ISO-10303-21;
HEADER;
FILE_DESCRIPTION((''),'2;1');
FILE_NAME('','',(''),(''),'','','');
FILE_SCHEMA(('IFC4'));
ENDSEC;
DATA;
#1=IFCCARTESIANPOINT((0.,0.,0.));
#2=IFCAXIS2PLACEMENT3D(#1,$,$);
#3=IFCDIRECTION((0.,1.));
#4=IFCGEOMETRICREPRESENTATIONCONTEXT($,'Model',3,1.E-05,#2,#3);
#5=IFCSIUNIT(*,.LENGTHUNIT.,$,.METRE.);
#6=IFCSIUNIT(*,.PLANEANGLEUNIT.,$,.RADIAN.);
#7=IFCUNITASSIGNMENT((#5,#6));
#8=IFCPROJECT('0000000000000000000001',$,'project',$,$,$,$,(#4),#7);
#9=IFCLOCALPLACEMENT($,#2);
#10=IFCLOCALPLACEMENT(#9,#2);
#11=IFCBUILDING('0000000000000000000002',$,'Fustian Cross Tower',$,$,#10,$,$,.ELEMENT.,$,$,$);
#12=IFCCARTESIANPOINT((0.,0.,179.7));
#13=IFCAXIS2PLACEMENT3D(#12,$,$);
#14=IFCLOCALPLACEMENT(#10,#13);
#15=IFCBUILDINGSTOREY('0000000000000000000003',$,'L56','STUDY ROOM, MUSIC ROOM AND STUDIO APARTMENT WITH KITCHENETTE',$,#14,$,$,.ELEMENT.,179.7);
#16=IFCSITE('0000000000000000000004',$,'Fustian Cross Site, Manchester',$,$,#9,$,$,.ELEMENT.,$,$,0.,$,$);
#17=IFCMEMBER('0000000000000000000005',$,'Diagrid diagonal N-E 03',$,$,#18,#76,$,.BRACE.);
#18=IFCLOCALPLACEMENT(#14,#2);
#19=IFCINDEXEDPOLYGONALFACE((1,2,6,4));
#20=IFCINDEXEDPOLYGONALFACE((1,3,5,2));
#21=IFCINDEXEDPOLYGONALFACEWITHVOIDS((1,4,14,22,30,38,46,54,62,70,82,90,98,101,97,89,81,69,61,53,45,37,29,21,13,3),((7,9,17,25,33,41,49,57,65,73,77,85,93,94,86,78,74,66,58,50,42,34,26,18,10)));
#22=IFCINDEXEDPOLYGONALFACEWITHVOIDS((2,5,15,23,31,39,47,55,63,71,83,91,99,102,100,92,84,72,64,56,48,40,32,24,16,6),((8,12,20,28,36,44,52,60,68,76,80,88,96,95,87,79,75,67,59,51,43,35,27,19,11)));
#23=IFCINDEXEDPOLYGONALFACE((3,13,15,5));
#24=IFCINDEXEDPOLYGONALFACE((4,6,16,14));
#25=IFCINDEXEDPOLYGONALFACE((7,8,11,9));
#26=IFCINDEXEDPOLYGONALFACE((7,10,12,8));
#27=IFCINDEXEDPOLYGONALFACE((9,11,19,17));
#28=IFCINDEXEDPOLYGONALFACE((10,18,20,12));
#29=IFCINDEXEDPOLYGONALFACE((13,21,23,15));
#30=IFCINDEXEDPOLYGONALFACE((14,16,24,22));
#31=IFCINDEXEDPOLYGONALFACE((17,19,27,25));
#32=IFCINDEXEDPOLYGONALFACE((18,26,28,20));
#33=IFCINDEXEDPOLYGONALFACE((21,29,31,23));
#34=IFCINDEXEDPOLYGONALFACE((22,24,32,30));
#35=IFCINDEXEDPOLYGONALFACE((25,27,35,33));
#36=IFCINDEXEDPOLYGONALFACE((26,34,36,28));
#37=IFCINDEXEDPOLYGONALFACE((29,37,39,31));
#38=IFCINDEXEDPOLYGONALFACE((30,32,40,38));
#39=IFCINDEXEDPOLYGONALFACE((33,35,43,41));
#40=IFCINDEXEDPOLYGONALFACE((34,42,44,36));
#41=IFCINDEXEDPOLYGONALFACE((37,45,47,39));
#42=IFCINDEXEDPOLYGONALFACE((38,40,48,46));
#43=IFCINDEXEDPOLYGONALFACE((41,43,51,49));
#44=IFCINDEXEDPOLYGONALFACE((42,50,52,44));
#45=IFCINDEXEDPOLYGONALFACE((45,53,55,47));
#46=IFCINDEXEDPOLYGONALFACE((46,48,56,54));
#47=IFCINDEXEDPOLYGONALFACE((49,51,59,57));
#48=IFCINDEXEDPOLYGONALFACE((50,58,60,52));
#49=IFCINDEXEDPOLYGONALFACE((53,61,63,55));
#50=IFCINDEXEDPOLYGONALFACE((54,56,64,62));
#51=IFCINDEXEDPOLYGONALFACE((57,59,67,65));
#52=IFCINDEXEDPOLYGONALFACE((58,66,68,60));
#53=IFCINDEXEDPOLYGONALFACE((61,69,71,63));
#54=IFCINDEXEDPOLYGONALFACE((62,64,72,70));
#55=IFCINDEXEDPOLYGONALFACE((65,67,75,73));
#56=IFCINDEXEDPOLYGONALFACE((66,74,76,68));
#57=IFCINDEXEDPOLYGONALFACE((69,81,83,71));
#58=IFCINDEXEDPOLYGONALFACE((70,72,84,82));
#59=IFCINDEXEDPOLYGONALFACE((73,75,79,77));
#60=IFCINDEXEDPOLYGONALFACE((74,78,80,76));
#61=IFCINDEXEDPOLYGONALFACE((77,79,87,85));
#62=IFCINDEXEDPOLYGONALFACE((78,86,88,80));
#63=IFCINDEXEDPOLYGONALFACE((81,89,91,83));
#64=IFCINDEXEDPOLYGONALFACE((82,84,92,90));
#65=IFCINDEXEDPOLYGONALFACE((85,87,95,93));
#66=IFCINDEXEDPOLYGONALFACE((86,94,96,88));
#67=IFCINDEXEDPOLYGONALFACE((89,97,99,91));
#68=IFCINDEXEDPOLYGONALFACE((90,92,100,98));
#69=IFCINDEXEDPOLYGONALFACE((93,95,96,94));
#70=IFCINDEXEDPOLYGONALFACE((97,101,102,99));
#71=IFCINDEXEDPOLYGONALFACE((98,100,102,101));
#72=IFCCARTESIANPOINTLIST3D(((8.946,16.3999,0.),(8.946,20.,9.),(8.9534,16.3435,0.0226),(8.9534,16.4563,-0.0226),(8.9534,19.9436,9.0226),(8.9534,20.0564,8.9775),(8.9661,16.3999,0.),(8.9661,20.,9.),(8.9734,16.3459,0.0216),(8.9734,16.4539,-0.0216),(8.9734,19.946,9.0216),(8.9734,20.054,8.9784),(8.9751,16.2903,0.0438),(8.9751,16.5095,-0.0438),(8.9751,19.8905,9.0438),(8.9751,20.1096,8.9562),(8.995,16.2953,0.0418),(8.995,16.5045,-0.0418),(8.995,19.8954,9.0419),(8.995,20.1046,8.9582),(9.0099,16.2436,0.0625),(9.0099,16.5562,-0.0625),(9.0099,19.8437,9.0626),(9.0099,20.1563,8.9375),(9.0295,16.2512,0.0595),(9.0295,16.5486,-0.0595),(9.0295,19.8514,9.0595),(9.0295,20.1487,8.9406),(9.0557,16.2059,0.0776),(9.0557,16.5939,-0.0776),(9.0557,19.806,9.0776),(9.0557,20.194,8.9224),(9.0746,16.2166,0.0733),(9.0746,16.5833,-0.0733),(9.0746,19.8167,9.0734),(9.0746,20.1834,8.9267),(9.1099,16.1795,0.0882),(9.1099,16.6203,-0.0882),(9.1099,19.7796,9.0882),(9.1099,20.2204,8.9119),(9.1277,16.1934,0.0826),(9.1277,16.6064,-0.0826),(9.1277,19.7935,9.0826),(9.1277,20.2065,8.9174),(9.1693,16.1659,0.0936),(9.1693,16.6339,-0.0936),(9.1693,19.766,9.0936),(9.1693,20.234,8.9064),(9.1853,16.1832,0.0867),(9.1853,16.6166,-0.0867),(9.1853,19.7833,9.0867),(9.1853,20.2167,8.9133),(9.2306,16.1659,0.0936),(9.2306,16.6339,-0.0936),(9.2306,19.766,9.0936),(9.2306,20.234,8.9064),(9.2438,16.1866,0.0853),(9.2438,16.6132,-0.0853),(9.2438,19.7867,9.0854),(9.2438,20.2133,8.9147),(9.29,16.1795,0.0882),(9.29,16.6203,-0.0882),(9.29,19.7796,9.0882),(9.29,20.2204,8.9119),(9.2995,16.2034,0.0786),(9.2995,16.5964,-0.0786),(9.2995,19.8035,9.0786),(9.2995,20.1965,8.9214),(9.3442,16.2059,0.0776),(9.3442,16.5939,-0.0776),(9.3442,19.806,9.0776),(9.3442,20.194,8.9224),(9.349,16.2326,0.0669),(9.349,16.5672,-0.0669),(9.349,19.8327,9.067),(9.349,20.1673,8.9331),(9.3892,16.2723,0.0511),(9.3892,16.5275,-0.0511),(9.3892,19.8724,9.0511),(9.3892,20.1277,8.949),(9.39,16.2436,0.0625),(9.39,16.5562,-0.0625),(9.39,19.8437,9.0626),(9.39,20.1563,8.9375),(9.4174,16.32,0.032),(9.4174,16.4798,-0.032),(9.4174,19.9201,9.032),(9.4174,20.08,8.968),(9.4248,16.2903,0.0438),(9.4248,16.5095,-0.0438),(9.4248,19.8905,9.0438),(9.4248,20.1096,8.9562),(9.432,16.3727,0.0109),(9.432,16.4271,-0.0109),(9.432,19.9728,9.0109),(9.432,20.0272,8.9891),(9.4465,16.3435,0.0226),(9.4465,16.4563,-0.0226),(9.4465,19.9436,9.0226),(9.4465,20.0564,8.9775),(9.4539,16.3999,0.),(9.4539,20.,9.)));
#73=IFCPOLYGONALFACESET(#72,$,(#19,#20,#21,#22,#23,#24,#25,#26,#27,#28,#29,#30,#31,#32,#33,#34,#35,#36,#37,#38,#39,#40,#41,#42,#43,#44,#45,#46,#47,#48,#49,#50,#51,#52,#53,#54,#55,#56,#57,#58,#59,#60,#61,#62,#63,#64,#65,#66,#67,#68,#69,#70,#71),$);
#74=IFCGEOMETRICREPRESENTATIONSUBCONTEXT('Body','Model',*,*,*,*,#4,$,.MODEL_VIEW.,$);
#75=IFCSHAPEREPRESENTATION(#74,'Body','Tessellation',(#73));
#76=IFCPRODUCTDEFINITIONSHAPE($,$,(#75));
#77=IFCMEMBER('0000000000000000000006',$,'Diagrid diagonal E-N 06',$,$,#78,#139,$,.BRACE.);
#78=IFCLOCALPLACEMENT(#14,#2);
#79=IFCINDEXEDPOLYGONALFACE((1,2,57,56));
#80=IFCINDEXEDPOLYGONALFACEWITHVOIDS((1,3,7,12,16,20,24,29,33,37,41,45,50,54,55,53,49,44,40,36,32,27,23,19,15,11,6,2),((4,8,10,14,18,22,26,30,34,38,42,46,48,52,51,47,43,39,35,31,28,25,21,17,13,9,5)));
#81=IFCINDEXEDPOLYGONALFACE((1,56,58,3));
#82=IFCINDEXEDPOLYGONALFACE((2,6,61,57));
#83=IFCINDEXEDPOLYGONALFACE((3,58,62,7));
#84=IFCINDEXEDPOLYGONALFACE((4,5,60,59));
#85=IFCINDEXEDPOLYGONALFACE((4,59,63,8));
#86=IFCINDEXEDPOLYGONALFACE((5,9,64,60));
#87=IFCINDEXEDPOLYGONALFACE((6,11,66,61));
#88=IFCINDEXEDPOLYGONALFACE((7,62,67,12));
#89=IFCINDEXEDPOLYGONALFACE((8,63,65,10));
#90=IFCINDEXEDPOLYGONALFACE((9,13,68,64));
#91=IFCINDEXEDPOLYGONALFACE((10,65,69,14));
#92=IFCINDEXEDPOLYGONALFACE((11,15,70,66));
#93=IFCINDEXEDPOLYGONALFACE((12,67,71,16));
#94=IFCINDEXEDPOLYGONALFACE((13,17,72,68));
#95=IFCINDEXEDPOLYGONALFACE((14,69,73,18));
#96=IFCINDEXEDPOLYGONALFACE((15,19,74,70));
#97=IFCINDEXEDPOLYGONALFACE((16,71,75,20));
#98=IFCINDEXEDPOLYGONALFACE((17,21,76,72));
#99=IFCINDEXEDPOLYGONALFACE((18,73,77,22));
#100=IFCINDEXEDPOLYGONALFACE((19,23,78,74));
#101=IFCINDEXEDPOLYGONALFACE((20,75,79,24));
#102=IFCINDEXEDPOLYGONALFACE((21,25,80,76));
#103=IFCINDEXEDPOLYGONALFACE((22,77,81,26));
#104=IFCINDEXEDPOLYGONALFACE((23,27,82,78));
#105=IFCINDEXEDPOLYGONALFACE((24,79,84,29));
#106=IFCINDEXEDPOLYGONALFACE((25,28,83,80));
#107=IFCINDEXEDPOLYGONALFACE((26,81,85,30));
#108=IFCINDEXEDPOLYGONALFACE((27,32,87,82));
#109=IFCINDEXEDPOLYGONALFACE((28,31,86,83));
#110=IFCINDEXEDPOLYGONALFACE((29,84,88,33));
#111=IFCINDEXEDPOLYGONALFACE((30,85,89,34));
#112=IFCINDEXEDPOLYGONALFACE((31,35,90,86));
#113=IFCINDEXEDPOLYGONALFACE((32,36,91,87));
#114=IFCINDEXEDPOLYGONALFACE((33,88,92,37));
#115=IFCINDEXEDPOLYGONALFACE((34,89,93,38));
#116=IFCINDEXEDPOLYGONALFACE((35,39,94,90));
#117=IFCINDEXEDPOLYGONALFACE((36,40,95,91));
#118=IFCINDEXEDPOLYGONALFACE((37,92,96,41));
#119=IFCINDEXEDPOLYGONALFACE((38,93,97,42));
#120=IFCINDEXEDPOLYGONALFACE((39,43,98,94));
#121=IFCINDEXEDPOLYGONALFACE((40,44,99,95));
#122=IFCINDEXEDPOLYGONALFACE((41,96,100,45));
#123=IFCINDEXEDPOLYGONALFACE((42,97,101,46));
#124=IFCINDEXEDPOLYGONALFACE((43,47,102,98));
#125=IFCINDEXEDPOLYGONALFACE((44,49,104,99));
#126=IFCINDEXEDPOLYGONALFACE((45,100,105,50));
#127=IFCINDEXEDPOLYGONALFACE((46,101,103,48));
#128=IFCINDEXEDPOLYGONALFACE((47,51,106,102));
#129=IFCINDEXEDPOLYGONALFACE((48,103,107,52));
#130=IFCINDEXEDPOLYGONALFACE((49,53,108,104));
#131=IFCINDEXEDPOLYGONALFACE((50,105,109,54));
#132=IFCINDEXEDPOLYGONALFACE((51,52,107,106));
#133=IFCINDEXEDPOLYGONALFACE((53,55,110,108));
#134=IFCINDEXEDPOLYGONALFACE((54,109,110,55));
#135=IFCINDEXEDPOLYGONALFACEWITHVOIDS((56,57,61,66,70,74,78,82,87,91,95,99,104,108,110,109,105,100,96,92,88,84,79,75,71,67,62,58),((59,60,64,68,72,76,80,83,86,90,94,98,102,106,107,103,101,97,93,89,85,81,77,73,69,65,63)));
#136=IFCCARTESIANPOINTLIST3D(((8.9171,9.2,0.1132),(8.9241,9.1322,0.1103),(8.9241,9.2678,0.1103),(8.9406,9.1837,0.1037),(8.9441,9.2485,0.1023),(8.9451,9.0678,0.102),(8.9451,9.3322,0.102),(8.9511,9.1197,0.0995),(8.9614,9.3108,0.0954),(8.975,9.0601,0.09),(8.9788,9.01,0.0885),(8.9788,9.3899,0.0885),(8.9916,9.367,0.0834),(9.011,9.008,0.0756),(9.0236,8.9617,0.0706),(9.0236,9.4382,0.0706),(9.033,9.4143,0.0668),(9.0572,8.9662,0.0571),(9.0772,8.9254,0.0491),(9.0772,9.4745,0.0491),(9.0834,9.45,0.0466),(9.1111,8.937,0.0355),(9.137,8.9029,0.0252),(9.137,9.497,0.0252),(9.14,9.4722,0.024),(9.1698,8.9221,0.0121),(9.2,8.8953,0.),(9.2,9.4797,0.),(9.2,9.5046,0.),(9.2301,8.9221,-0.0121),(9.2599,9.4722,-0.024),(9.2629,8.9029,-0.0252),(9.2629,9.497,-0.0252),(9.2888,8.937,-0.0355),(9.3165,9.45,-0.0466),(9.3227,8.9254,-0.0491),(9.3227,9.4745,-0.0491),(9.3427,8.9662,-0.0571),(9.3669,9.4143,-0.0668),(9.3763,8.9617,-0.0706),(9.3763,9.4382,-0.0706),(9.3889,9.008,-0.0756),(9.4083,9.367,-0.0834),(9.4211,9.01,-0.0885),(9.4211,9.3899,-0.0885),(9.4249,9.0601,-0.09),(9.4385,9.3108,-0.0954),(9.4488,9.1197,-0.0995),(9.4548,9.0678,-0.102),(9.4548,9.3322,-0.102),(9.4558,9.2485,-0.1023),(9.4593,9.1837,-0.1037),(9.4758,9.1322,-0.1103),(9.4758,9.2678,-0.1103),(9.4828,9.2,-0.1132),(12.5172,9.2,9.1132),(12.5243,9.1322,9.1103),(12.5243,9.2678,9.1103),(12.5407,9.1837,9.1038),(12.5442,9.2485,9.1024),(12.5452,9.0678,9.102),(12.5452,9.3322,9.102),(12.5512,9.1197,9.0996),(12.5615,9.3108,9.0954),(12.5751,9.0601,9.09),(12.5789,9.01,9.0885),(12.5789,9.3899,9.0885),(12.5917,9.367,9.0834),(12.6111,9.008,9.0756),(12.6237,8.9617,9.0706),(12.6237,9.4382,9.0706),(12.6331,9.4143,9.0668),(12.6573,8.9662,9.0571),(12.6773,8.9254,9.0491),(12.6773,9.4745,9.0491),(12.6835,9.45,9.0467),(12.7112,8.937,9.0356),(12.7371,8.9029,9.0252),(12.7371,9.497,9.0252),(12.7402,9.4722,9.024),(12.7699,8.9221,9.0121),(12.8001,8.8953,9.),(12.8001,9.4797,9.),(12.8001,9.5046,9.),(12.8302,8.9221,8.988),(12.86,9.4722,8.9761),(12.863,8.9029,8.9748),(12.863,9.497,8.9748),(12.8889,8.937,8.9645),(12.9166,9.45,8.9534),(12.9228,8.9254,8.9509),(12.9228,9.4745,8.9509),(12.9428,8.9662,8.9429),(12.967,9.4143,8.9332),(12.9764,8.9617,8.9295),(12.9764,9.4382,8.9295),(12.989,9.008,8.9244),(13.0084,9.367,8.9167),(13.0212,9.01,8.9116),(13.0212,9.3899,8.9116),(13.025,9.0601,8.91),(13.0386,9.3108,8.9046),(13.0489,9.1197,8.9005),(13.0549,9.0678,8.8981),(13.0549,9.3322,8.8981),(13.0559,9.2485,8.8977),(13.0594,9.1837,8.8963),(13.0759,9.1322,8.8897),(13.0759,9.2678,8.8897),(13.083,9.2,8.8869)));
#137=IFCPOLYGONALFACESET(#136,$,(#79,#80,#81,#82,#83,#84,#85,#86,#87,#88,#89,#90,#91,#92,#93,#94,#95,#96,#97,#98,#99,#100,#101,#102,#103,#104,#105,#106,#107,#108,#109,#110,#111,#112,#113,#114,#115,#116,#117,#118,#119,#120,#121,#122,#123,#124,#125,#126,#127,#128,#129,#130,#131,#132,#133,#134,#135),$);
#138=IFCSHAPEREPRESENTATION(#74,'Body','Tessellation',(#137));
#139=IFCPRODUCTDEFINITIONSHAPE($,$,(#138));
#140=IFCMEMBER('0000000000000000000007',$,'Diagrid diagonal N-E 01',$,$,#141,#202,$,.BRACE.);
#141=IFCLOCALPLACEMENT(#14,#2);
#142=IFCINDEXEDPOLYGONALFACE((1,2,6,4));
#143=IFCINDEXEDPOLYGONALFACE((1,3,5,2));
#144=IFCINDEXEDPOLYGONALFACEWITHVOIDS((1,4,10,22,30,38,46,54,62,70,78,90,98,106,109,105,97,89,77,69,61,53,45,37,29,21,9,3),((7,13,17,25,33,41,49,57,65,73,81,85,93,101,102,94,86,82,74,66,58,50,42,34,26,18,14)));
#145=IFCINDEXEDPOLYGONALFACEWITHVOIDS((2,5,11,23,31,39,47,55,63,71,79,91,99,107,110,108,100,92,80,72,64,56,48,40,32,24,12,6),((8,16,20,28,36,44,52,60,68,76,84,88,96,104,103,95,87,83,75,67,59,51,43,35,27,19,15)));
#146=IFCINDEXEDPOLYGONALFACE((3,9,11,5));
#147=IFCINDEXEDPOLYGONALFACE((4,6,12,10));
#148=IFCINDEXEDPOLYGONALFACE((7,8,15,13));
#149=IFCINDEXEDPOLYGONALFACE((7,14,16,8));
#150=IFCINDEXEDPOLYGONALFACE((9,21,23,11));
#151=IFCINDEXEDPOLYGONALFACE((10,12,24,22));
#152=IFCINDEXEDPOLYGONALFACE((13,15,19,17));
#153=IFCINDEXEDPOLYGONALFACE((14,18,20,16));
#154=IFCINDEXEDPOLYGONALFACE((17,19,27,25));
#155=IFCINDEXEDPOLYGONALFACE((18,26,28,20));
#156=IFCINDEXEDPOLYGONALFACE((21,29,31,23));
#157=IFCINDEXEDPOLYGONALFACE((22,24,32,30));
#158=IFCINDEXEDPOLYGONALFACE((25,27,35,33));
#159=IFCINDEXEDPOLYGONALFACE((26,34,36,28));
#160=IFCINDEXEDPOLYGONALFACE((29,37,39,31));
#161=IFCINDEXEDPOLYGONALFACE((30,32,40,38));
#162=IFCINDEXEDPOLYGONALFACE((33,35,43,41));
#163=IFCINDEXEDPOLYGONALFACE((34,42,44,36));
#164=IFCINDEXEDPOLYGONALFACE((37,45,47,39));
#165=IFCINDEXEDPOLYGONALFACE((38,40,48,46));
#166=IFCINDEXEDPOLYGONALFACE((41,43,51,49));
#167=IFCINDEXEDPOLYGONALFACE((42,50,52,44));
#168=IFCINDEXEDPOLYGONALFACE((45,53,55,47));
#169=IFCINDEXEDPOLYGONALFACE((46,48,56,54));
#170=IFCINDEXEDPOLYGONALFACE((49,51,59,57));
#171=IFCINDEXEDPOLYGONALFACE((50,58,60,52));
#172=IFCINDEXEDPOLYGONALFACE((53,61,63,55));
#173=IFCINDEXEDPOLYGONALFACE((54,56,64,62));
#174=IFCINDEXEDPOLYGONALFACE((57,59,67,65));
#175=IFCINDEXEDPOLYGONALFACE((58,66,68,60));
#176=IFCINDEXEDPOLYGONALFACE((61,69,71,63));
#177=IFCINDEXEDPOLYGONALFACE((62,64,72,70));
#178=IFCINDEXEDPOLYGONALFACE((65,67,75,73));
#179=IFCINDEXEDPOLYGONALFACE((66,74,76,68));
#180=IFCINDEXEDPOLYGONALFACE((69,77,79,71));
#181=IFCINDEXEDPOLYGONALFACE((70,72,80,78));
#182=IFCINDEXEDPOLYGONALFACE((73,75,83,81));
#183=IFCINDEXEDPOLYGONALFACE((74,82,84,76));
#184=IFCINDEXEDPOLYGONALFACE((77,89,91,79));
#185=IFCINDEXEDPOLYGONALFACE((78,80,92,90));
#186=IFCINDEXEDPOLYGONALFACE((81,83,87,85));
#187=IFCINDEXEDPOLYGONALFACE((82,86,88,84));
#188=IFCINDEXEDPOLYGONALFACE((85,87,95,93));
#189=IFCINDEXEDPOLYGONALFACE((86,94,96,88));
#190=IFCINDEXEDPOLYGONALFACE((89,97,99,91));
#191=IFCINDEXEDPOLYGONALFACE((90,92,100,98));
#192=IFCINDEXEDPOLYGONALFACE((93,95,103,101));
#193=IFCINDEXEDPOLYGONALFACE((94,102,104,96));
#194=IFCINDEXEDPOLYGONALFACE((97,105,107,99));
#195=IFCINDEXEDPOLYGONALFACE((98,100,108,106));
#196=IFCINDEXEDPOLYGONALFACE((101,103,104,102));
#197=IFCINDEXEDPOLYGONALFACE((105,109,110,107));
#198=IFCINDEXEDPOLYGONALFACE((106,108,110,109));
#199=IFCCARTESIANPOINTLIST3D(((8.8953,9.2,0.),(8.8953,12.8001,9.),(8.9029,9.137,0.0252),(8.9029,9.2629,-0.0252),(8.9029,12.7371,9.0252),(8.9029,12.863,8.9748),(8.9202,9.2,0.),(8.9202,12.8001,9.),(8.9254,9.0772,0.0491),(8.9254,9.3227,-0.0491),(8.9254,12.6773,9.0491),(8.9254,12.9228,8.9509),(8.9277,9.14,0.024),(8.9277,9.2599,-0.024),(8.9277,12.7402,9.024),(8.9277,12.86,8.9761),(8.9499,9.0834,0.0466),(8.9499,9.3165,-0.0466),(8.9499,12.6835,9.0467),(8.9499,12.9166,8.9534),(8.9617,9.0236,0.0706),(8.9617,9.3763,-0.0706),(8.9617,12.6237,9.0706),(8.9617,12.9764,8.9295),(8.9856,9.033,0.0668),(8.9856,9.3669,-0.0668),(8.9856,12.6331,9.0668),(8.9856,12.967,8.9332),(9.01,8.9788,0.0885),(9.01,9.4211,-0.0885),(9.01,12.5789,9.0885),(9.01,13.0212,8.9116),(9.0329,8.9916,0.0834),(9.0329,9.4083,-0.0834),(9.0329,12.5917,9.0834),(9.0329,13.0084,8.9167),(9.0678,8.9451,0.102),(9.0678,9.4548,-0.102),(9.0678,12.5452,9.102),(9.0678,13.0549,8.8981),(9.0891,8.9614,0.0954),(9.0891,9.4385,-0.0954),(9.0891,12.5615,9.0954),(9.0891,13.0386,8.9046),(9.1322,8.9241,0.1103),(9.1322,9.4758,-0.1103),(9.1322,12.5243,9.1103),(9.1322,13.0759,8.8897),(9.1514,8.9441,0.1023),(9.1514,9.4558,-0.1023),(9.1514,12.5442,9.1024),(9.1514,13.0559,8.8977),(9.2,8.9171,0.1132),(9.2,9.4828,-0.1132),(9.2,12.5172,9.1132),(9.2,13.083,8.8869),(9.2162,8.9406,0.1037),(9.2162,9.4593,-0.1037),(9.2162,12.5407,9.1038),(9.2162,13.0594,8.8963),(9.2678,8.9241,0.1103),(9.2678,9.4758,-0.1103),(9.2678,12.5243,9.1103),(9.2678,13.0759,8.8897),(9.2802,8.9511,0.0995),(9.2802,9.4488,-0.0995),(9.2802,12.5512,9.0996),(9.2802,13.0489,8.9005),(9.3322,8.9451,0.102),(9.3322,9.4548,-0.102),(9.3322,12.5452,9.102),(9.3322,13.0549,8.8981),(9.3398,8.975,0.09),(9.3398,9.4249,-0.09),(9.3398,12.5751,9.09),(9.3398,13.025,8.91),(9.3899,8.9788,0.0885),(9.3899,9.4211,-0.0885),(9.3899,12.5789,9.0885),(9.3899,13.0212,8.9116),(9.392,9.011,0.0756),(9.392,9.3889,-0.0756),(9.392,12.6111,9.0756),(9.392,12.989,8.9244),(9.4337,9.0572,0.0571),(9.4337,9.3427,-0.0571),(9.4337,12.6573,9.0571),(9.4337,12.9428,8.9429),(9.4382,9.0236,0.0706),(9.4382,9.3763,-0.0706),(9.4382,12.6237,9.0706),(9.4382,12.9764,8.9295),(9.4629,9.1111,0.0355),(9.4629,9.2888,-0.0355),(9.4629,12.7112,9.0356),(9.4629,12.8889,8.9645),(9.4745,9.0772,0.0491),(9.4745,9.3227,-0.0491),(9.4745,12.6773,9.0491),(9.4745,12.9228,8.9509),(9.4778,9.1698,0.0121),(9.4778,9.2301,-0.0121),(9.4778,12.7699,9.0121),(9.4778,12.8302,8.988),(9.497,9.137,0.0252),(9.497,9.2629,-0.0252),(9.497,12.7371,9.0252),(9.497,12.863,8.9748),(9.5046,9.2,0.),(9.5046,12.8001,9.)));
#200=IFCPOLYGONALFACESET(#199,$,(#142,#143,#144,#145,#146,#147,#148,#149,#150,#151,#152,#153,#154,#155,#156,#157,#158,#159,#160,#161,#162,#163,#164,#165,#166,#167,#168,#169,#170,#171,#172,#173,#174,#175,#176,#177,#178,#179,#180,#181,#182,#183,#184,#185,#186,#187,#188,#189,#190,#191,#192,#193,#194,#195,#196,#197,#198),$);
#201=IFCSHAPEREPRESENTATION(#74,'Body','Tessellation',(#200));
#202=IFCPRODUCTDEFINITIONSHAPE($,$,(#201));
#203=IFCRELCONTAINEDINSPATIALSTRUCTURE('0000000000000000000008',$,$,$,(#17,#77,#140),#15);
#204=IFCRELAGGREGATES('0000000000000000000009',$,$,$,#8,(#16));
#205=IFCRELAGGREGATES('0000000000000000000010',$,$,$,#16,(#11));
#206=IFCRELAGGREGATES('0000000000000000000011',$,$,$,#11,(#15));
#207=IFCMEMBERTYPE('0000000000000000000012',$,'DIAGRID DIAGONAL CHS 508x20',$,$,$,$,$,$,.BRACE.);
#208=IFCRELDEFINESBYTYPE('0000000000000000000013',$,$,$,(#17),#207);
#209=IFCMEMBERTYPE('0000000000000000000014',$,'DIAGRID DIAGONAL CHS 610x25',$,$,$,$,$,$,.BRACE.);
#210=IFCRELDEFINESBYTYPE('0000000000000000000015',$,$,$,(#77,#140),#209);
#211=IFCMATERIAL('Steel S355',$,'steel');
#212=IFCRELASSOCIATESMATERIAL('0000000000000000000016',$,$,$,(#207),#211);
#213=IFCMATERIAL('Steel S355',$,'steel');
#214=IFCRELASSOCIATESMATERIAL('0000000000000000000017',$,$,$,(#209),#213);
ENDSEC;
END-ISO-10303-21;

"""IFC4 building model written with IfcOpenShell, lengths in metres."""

from ifc_helpers import new_model, si_unit, direction, frame, origin, origin_2d, place, context, subcontext, project, spatial, hollow_circle, extrude, material, material_profile, profile_set, type_object, element, save


model = new_model("IFC4")

# Units and contexts
model_context = context("Model", 3, precision=1e-05, world=origin(), true_north=direction((0.0, 1.0)))
body_context = subcontext(model_context, "Body", "Model", "MODEL_VIEW")
ifc_project = project(units=[si_unit("LENGTHUNIT", "METRE"), si_unit("PLANEANGLEUNIT", "RADIAN")], contexts=[model_context])

# Site, building, storey
site_placement = place(None, origin())
site = spatial("IfcSite", under=ifc_project, at=site_placement, Name="Fustian Cross Site, Manchester", CompositionType="ELEMENT", RefElevation=0.0)
building_placement = place(site_placement, origin())
building = spatial("IfcBuilding", under=site, at=building_placement, Name="Fustian Cross Tower", CompositionType="ELEMENT")
storey_placement = place(building_placement, frame((0.0, 0.0, 179.7)))
storey = spatial("IfcBuildingStorey", under=building, at=storey_placement, Name="L56", Description="STUDY ROOM, MUSIC ROOM AND STUDIO APARTMENT WITH KITCHENETTE", CompositionType="ELEMENT", Elevation=179.7)

# Members
ifc_material_1 = material(Name="Steel S355", Category="steel")
ifc_material_profile_1 = material_profile(ifc_material_1, hollow_circle(Radius=0.2539, WallThickness=0.02, at=origin_2d()), Name="CHS 508x20")
ifc_profile_set_1 = profile_set([ifc_material_profile_1], Name="Steel S355")
member_type_1 = type_object("IfcMemberType", Name="DIAGRID DIAGONAL CHS 508x20", PredefinedType="BRACE", material=ifc_profile_set_1)
for number, where, z_axis, x_axis, name in (
    (1, (9.2, 16.3999, 0.0), (0.0, 0.371399, 0.928473), (-1.0, 0.0, 0.0), "Diagrid diagonal N-E 03"),
):
    element("IfcMember", number, at=place(storey_placement, frame(where, z_axis=z_axis, x_axis=x_axis)), inside=storey, type_object=member_type_1, Name=name, PredefinedType="BRACE", context=body_context, shape_type="SweptSolid", body=[
        extrude(hollow_circle(Radius=0.2539, WallThickness=0.02, at=origin_2d()), origin(), (0.0, 0.0, 1.0), 9.6934),
    ])
ifc_material_2 = material(Name="Steel S355", Category="steel")
ifc_material_profile_2 = material_profile(ifc_material_2, hollow_circle(Radius=0.3047, WallThickness=0.0249, at=origin_2d()), Name="CHS 610x25")
ifc_profile_set_2 = profile_set([ifc_material_profile_2], Name="Steel S355")
member_type_2 = type_object("IfcMemberType", Name="DIAGRID DIAGONAL CHS 610x25", PredefinedType="BRACE", material=ifc_profile_set_2)
for number, where, z_axis, x_axis, name in (
    (2, (9.2, 9.2, 0.0), (0.371399, 0.0, 0.928473), (0.0, 1.0, 0.0), "Diagrid diagonal E-N 06"),
    (3, (9.2, 9.2, 0.0), (0.0, 0.371399, 0.928473), (-1.0, 0.0, 0.0), "Diagrid diagonal N-E 01"),
):
    element("IfcMember", number, at=place(storey_placement, frame(where, z_axis=z_axis, x_axis=x_axis)), inside=storey, type_object=member_type_2, Name=name, PredefinedType="BRACE", context=body_context, shape_type="SweptSolid", body=[
        extrude(hollow_circle(Radius=0.3047, WallThickness=0.0249, at=origin_2d()), origin(), (0.0, 0.0, 1.0), 9.6934),
    ])

save(model, "model.ifc")
